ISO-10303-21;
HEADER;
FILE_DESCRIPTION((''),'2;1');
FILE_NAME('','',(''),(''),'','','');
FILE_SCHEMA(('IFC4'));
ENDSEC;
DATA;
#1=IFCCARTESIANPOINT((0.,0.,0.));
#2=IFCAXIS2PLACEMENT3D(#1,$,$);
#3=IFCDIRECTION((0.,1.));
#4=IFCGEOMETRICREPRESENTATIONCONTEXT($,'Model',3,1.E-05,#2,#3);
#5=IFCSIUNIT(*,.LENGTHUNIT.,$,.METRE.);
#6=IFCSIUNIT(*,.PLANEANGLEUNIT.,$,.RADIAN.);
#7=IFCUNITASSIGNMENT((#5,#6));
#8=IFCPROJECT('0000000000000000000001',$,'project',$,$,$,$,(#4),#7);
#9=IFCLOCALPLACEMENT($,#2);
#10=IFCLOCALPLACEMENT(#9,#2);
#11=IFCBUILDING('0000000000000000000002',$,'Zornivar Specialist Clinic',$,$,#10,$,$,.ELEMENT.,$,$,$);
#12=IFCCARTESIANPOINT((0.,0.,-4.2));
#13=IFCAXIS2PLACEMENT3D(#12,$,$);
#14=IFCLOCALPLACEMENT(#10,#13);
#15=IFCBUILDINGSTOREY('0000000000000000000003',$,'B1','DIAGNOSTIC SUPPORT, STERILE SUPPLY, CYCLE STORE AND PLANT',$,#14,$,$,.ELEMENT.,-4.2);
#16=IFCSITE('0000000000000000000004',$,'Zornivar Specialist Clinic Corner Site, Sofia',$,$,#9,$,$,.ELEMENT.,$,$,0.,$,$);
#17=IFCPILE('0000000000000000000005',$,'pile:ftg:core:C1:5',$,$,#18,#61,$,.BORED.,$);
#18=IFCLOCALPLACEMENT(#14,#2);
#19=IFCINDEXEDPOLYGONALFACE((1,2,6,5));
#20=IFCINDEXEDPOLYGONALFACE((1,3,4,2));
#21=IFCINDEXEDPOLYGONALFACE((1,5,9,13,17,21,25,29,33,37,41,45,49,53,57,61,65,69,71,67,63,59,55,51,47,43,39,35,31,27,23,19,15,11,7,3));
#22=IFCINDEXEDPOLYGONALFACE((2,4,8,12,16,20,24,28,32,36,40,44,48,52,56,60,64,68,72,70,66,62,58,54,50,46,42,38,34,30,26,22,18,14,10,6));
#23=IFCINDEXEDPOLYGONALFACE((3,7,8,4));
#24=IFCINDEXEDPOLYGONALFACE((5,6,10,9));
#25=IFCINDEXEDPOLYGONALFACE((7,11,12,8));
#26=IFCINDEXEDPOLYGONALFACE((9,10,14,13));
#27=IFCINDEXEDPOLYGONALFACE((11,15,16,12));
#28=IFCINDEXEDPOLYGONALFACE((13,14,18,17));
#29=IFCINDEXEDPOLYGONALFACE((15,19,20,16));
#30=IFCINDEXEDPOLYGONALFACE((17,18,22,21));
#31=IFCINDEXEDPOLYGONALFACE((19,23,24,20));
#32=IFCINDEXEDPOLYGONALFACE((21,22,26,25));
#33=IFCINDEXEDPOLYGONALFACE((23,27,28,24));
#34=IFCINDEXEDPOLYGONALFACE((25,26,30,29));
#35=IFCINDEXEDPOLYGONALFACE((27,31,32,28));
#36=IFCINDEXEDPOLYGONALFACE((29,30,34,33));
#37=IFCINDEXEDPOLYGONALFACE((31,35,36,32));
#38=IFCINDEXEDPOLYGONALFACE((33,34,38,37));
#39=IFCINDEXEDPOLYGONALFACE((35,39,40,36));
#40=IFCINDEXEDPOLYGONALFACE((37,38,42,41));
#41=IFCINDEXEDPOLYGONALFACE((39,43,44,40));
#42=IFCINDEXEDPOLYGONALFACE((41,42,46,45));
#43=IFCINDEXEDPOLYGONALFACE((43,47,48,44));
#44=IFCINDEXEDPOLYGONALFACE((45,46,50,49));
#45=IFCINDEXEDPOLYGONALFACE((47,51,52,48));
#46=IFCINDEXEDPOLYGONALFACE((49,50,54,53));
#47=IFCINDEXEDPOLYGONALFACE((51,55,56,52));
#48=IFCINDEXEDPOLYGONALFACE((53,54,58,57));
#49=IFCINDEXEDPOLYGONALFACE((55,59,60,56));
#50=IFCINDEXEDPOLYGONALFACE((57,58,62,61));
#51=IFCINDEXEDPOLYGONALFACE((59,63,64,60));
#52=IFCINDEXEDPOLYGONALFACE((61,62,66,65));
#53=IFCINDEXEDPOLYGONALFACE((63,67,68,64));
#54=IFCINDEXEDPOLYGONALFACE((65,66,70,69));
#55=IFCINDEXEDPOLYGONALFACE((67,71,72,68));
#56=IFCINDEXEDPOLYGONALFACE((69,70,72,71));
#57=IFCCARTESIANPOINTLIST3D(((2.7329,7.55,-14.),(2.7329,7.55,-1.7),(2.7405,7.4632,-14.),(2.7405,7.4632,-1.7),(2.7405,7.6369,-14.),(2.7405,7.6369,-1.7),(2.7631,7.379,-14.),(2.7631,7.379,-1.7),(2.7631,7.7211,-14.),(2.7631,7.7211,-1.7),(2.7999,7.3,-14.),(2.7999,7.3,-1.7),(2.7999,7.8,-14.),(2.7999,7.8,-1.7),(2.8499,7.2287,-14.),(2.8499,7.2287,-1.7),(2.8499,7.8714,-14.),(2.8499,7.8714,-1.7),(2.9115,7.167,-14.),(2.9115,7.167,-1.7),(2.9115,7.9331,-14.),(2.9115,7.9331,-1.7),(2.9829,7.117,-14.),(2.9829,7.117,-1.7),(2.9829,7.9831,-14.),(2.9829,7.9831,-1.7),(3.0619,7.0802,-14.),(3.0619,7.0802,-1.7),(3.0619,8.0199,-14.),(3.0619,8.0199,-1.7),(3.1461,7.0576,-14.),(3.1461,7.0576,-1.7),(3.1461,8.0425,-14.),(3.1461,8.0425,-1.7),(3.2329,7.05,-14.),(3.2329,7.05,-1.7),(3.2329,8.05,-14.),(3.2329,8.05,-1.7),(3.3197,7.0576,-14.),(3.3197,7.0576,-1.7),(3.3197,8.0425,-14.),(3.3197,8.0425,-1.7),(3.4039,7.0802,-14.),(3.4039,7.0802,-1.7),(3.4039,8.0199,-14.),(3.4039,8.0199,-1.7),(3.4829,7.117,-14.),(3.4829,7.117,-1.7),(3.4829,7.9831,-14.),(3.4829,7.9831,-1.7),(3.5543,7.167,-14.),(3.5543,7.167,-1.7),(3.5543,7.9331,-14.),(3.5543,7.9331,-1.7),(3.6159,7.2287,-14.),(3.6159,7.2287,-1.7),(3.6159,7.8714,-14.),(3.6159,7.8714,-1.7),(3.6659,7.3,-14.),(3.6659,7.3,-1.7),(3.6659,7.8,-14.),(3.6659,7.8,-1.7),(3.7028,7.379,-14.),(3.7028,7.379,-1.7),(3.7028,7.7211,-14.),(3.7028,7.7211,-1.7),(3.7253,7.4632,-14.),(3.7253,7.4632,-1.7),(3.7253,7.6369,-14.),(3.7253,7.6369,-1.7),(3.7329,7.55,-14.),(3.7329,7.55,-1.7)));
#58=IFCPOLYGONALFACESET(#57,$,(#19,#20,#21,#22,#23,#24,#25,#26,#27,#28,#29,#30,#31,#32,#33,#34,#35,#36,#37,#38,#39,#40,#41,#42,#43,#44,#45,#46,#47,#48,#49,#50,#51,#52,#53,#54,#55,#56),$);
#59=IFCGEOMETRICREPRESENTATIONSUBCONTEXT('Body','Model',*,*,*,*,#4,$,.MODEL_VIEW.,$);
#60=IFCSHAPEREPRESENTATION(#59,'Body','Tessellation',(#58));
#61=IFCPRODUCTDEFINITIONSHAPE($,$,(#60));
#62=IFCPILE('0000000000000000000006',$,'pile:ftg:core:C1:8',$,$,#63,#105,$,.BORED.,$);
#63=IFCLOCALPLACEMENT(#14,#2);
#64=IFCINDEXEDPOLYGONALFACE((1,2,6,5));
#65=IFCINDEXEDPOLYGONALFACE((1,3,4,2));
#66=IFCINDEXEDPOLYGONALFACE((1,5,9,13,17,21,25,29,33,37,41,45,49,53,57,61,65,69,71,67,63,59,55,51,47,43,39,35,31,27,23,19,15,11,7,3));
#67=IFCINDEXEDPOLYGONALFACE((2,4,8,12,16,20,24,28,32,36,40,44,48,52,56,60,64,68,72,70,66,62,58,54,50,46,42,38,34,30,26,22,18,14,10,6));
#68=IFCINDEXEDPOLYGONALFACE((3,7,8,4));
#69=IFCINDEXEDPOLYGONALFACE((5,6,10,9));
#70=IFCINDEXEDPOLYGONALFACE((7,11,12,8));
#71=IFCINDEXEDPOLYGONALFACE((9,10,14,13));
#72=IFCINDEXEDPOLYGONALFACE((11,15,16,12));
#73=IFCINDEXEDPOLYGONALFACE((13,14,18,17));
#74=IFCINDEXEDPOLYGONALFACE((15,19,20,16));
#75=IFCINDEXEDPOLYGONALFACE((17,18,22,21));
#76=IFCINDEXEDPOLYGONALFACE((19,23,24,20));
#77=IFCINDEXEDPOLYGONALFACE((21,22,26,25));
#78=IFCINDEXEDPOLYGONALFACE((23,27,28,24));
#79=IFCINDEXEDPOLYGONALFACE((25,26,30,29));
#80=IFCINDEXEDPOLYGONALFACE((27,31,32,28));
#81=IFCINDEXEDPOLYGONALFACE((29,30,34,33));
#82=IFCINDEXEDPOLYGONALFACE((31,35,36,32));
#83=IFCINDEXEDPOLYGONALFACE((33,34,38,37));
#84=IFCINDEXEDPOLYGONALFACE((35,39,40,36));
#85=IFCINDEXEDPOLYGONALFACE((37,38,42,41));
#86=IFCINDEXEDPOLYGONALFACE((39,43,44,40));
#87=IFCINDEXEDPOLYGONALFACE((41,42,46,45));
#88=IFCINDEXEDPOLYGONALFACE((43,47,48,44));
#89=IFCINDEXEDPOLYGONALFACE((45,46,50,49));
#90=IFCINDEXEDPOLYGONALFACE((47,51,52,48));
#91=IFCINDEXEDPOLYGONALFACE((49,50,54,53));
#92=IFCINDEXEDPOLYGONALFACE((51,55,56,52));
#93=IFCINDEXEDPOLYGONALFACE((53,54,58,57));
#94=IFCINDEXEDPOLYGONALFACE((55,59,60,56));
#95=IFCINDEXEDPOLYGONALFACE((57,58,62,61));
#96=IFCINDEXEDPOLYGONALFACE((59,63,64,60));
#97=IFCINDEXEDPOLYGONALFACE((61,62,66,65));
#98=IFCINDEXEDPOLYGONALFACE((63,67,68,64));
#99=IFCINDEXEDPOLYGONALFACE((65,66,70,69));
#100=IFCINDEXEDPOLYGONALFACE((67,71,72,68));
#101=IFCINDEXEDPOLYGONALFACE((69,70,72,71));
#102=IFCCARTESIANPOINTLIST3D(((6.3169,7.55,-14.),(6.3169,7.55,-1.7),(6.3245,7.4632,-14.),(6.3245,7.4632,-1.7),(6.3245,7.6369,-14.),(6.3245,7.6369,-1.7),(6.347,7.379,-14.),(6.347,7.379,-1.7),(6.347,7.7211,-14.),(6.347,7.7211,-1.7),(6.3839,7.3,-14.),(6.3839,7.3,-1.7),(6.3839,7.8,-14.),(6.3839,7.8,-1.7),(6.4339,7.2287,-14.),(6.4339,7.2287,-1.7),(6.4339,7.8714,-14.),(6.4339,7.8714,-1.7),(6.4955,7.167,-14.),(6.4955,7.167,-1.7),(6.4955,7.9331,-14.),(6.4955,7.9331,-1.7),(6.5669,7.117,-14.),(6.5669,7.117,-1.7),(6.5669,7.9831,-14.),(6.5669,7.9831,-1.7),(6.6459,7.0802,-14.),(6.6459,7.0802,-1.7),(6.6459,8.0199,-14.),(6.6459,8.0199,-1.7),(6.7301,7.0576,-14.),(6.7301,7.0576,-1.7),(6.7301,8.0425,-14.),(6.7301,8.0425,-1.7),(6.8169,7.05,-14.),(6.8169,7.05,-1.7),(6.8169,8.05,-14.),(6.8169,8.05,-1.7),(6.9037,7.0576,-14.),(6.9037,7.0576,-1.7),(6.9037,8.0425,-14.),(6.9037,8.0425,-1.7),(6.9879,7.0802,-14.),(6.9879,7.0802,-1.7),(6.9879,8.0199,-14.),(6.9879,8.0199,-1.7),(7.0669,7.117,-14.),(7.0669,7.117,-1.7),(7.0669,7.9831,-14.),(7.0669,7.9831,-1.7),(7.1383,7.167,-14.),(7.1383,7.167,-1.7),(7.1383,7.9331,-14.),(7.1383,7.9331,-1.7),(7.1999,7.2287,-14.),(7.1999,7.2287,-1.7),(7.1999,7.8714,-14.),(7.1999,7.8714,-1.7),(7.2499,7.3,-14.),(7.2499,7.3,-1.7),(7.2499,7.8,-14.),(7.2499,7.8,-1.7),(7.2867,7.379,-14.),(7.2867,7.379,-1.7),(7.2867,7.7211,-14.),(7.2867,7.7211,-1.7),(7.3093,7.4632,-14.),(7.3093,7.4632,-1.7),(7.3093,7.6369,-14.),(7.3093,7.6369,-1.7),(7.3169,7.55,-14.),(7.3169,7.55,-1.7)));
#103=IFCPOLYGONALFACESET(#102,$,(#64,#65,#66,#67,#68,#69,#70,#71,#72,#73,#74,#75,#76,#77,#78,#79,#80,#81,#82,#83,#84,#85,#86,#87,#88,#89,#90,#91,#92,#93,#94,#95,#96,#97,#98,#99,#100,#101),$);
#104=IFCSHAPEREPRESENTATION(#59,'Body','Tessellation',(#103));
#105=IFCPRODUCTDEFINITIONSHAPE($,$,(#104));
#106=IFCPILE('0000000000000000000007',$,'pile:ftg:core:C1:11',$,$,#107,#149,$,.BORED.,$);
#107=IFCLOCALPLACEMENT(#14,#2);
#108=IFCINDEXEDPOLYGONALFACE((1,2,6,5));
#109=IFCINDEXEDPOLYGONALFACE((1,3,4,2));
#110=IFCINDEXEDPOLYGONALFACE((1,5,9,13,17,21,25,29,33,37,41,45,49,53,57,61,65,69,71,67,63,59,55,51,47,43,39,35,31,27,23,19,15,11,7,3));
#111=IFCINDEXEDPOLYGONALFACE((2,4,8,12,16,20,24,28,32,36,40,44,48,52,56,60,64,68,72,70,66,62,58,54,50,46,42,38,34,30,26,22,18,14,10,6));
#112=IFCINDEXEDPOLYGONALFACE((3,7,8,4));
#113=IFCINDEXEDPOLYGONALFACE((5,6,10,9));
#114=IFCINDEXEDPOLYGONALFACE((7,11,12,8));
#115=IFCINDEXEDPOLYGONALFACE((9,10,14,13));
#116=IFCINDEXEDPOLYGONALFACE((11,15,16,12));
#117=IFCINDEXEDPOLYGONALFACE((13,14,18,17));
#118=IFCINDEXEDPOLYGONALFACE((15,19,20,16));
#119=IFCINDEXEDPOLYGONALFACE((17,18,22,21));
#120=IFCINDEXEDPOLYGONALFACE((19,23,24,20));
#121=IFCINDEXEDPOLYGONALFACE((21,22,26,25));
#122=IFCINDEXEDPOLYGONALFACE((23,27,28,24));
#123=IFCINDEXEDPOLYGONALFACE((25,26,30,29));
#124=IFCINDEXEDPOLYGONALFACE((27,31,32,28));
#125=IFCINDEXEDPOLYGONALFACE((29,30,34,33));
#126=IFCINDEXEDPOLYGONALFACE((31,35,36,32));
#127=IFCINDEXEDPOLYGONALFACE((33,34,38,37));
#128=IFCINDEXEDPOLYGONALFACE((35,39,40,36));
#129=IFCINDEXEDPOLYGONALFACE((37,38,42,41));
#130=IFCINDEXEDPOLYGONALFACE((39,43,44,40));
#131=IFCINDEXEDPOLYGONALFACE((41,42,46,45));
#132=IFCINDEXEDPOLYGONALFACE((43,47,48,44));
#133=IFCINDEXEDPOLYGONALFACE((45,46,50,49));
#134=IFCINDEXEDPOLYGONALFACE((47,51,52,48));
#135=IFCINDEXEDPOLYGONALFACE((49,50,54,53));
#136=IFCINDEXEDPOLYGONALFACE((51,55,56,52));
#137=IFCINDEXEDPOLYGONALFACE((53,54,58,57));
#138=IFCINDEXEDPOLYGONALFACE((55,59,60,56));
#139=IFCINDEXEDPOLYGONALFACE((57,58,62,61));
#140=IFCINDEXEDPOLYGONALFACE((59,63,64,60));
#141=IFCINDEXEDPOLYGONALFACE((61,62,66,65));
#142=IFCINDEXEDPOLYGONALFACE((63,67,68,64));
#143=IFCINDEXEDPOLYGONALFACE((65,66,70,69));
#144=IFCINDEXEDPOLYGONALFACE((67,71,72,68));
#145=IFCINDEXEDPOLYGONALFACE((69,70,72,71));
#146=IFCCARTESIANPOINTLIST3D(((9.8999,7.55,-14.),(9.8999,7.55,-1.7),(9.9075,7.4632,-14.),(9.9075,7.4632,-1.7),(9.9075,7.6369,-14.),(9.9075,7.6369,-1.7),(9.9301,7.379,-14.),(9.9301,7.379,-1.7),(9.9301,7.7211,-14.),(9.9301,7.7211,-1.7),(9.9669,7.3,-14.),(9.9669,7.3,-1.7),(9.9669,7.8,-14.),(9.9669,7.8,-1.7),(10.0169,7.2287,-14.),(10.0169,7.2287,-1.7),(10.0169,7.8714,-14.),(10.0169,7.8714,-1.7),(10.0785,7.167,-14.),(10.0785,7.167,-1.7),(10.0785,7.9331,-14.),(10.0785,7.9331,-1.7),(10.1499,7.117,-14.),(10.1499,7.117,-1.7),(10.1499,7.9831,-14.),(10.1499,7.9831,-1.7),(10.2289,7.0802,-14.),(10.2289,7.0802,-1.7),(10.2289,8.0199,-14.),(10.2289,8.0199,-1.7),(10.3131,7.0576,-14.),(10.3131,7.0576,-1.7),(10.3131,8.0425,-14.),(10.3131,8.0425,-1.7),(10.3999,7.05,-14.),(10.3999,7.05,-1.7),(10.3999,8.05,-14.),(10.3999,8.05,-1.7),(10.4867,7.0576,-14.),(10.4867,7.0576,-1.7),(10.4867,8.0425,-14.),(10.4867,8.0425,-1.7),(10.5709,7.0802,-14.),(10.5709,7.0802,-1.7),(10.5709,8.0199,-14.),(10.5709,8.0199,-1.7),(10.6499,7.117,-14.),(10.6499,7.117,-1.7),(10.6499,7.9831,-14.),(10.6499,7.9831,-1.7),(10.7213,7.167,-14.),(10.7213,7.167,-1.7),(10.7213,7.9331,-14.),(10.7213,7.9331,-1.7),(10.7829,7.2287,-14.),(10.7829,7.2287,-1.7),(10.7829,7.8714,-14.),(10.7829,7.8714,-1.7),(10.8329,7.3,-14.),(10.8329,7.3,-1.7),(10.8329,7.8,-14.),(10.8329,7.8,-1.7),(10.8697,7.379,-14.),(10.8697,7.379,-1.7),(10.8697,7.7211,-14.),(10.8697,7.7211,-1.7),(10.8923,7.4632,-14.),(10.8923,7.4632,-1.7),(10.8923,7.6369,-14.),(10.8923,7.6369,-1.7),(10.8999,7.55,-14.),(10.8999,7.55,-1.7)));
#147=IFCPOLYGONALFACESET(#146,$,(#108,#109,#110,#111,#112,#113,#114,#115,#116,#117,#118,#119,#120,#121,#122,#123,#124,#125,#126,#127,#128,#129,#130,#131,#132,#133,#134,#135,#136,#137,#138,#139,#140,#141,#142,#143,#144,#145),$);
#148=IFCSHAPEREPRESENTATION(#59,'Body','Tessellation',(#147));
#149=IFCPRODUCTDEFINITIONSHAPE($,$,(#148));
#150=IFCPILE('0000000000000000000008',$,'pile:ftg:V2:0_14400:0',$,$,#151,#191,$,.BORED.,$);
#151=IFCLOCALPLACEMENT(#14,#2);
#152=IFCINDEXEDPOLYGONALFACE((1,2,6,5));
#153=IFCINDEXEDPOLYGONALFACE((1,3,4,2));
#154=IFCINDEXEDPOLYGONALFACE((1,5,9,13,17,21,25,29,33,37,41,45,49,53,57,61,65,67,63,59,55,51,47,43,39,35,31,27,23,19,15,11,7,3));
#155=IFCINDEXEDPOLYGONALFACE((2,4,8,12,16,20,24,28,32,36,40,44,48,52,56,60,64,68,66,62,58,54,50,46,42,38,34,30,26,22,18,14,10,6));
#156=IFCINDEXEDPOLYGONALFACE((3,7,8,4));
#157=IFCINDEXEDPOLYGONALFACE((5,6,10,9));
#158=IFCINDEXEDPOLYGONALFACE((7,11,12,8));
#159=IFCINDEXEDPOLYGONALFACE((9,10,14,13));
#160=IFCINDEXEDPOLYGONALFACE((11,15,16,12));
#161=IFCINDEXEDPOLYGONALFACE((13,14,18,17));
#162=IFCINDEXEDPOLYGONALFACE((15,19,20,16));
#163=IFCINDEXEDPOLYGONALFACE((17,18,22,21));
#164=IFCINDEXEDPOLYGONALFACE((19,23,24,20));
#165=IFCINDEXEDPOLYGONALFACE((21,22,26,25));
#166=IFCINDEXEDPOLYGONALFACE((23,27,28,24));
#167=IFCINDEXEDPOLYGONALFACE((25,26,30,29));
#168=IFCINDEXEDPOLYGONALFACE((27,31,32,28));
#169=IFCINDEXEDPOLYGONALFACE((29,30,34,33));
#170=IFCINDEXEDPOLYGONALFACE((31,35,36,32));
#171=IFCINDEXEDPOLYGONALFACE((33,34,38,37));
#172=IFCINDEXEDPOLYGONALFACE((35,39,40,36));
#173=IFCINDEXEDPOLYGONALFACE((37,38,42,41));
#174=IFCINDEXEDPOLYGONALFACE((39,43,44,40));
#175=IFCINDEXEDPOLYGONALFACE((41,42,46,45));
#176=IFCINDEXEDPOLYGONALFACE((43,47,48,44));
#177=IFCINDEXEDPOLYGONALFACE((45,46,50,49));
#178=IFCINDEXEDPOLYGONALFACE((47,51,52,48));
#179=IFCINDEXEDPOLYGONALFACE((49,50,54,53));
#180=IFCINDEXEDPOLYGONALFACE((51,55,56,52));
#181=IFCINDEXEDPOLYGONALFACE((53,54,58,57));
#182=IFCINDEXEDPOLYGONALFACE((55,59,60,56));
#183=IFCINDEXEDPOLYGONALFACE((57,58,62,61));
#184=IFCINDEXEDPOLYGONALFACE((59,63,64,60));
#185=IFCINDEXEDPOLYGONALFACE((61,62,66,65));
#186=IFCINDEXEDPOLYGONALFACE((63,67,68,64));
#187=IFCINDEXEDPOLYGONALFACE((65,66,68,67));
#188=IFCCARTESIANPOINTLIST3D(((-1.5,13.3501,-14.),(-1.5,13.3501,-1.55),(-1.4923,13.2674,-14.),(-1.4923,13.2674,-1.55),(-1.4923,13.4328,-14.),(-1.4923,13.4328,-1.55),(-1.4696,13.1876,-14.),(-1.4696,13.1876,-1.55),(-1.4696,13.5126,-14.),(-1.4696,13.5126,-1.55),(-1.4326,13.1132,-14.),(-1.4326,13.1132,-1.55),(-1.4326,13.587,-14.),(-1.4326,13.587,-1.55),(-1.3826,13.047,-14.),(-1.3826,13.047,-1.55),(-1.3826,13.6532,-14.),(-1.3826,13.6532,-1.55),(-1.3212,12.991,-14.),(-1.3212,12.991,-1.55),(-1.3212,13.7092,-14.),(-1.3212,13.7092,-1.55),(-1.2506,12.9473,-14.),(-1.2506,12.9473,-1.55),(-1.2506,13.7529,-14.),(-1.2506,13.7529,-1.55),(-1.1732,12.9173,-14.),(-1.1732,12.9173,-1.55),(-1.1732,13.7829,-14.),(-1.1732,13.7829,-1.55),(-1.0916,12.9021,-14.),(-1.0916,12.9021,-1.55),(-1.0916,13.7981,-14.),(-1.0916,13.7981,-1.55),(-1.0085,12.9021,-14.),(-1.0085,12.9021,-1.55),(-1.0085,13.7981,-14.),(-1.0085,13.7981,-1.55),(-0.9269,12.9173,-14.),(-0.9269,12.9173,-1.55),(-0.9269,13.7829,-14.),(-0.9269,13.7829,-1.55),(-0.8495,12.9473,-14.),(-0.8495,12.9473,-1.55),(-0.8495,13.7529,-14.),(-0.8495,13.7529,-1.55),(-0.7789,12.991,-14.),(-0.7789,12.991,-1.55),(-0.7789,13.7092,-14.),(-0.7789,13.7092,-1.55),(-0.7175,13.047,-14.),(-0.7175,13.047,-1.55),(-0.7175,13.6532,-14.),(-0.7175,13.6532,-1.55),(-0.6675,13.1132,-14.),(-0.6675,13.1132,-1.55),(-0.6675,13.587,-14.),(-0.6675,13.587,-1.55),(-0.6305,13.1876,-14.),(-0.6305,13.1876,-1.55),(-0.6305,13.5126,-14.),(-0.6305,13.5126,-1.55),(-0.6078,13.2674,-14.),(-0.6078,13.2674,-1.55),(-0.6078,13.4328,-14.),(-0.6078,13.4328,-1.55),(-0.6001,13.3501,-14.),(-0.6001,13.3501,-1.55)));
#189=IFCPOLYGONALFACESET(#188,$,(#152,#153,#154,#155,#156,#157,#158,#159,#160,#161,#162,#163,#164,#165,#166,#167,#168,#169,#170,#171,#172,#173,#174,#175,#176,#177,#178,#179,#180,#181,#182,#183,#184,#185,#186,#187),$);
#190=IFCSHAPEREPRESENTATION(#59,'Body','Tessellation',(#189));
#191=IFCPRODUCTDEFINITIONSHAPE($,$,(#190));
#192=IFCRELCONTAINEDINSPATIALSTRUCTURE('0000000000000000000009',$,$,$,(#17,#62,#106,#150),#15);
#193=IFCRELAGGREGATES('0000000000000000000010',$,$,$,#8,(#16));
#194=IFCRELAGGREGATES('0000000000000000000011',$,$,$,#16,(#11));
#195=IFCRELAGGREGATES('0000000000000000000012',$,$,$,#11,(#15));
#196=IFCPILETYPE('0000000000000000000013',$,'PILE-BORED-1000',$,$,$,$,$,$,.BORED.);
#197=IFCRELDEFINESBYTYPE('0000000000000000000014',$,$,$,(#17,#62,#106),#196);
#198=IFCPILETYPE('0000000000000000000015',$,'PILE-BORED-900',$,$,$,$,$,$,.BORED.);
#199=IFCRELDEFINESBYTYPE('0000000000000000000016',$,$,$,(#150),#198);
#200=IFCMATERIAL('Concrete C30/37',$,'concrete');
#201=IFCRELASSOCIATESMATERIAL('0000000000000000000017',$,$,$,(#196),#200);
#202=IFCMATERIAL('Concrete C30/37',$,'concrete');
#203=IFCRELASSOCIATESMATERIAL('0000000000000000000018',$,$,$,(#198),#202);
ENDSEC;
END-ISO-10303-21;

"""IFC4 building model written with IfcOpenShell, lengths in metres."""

from ifc_helpers import new_model, si_unit, direction, frame, origin, origin_2d, place, context, subcontext, project, spatial, circle, extrude, material, material_profile, profile_set, type_object, element, save


model = new_model("IFC4")

# Units and contexts
model_context = context("Model", 3, precision=1e-05, world=origin(), true_north=direction((0.0, 1.0)))
body_context = subcontext(model_context, "Body", "Model", "MODEL_VIEW")
ifc_project = project(units=[si_unit("LENGTHUNIT", "METRE"), si_unit("PLANEANGLEUNIT", "RADIAN")], contexts=[model_context])

# Site, building, storey
site_placement = place(None, origin())
site = spatial("IfcSite", under=ifc_project, at=site_placement, Name="Zornivar Specialist Clinic Corner Site, Sofia", CompositionType="ELEMENT", RefElevation=0.0)
building_placement = place(site_placement, origin())
building = spatial("IfcBuilding", under=site, at=building_placement, Name="Zornivar Specialist Clinic", CompositionType="ELEMENT")
storey_placement = place(building_placement, frame((0.0, 0.0, -4.2)))
storey = spatial("IfcBuildingStorey", under=building, at=storey_placement, Name="B1", Description="DIAGNOSTIC SUPPORT, STERILE SUPPLY, CYCLE STORE AND PLANT", CompositionType="ELEMENT", Elevation=-4.2)

# Piles
ifc_material_1 = material(Name="Concrete C30/37", Category="concrete")
ifc_material_profile_1 = material_profile(ifc_material_1, circle(Radius=0.5, at=origin_2d()), Name="PILE D1000")
ifc_profile_set_1 = profile_set([ifc_material_profile_1], Name="Concrete C30/37")
pile_type_1 = type_object("IfcPileType", Name="PILE-BORED-1000", PredefinedType="BORED", material=ifc_profile_set_1)
for number, where, z_axis, x_axis, name in (
    (1, (3.2329, 7.55, -1.7), (0.0, 0.0, -1.0), (1.0, 0.0, 0.0), "pile:ftg:core:C1:5"),
    (2, (6.8169, 7.55, -1.7), (0.0, 0.0, -1.0), (1.0, 0.0, 0.0), "pile:ftg:core:C1:8"),
    (3, (10.3999, 7.55, -1.7), (0.0, 0.0, -1.0), (1.0, 0.0, 0.0), "pile:ftg:core:C1:11"),
):
    element("IfcPile", number, at=place(storey_placement, frame(where, z_axis=z_axis, x_axis=x_axis)), inside=storey, type_object=pile_type_1, Name=name, PredefinedType="BORED", context=body_context, shape_type="SweptSolid", body=[
        extrude(circle(Radius=0.5, at=origin_2d()), origin(), (0.0, 0.0, 1.0), 12.3),
    ])
ifc_material_2 = material(Name="Concrete C30/37", Category="concrete")
ifc_material_profile_2 = material_profile(ifc_material_2, circle(Radius=0.45, at=origin_2d()), Name="PILE D900")
ifc_profile_set_2 = profile_set([ifc_material_profile_2], Name="Concrete C30/37")
pile_type_2 = type_object("IfcPileType", Name="PILE-BORED-900", PredefinedType="BORED", material=ifc_profile_set_2)
for number, where, z_axis, x_axis, name in (
    (4, (-1.05, 13.3501, -1.55), (0.0, 0.0, -1.0), (1.0, 0.0, 0.0), "pile:ftg:V2:0_14400:0"),
):
    element("IfcPile", number, at=place(storey_placement, frame(where, z_axis=z_axis, x_axis=x_axis)), inside=storey, type_object=pile_type_2, Name=name, PredefinedType="BORED", context=body_context, shape_type="SweptSolid", body=[
        extrude(circle(Radius=0.45, at=origin_2d()), origin(), (0.0, 0.0, 1.0), 12.45),
    ])

save(model, "model.ifc")
